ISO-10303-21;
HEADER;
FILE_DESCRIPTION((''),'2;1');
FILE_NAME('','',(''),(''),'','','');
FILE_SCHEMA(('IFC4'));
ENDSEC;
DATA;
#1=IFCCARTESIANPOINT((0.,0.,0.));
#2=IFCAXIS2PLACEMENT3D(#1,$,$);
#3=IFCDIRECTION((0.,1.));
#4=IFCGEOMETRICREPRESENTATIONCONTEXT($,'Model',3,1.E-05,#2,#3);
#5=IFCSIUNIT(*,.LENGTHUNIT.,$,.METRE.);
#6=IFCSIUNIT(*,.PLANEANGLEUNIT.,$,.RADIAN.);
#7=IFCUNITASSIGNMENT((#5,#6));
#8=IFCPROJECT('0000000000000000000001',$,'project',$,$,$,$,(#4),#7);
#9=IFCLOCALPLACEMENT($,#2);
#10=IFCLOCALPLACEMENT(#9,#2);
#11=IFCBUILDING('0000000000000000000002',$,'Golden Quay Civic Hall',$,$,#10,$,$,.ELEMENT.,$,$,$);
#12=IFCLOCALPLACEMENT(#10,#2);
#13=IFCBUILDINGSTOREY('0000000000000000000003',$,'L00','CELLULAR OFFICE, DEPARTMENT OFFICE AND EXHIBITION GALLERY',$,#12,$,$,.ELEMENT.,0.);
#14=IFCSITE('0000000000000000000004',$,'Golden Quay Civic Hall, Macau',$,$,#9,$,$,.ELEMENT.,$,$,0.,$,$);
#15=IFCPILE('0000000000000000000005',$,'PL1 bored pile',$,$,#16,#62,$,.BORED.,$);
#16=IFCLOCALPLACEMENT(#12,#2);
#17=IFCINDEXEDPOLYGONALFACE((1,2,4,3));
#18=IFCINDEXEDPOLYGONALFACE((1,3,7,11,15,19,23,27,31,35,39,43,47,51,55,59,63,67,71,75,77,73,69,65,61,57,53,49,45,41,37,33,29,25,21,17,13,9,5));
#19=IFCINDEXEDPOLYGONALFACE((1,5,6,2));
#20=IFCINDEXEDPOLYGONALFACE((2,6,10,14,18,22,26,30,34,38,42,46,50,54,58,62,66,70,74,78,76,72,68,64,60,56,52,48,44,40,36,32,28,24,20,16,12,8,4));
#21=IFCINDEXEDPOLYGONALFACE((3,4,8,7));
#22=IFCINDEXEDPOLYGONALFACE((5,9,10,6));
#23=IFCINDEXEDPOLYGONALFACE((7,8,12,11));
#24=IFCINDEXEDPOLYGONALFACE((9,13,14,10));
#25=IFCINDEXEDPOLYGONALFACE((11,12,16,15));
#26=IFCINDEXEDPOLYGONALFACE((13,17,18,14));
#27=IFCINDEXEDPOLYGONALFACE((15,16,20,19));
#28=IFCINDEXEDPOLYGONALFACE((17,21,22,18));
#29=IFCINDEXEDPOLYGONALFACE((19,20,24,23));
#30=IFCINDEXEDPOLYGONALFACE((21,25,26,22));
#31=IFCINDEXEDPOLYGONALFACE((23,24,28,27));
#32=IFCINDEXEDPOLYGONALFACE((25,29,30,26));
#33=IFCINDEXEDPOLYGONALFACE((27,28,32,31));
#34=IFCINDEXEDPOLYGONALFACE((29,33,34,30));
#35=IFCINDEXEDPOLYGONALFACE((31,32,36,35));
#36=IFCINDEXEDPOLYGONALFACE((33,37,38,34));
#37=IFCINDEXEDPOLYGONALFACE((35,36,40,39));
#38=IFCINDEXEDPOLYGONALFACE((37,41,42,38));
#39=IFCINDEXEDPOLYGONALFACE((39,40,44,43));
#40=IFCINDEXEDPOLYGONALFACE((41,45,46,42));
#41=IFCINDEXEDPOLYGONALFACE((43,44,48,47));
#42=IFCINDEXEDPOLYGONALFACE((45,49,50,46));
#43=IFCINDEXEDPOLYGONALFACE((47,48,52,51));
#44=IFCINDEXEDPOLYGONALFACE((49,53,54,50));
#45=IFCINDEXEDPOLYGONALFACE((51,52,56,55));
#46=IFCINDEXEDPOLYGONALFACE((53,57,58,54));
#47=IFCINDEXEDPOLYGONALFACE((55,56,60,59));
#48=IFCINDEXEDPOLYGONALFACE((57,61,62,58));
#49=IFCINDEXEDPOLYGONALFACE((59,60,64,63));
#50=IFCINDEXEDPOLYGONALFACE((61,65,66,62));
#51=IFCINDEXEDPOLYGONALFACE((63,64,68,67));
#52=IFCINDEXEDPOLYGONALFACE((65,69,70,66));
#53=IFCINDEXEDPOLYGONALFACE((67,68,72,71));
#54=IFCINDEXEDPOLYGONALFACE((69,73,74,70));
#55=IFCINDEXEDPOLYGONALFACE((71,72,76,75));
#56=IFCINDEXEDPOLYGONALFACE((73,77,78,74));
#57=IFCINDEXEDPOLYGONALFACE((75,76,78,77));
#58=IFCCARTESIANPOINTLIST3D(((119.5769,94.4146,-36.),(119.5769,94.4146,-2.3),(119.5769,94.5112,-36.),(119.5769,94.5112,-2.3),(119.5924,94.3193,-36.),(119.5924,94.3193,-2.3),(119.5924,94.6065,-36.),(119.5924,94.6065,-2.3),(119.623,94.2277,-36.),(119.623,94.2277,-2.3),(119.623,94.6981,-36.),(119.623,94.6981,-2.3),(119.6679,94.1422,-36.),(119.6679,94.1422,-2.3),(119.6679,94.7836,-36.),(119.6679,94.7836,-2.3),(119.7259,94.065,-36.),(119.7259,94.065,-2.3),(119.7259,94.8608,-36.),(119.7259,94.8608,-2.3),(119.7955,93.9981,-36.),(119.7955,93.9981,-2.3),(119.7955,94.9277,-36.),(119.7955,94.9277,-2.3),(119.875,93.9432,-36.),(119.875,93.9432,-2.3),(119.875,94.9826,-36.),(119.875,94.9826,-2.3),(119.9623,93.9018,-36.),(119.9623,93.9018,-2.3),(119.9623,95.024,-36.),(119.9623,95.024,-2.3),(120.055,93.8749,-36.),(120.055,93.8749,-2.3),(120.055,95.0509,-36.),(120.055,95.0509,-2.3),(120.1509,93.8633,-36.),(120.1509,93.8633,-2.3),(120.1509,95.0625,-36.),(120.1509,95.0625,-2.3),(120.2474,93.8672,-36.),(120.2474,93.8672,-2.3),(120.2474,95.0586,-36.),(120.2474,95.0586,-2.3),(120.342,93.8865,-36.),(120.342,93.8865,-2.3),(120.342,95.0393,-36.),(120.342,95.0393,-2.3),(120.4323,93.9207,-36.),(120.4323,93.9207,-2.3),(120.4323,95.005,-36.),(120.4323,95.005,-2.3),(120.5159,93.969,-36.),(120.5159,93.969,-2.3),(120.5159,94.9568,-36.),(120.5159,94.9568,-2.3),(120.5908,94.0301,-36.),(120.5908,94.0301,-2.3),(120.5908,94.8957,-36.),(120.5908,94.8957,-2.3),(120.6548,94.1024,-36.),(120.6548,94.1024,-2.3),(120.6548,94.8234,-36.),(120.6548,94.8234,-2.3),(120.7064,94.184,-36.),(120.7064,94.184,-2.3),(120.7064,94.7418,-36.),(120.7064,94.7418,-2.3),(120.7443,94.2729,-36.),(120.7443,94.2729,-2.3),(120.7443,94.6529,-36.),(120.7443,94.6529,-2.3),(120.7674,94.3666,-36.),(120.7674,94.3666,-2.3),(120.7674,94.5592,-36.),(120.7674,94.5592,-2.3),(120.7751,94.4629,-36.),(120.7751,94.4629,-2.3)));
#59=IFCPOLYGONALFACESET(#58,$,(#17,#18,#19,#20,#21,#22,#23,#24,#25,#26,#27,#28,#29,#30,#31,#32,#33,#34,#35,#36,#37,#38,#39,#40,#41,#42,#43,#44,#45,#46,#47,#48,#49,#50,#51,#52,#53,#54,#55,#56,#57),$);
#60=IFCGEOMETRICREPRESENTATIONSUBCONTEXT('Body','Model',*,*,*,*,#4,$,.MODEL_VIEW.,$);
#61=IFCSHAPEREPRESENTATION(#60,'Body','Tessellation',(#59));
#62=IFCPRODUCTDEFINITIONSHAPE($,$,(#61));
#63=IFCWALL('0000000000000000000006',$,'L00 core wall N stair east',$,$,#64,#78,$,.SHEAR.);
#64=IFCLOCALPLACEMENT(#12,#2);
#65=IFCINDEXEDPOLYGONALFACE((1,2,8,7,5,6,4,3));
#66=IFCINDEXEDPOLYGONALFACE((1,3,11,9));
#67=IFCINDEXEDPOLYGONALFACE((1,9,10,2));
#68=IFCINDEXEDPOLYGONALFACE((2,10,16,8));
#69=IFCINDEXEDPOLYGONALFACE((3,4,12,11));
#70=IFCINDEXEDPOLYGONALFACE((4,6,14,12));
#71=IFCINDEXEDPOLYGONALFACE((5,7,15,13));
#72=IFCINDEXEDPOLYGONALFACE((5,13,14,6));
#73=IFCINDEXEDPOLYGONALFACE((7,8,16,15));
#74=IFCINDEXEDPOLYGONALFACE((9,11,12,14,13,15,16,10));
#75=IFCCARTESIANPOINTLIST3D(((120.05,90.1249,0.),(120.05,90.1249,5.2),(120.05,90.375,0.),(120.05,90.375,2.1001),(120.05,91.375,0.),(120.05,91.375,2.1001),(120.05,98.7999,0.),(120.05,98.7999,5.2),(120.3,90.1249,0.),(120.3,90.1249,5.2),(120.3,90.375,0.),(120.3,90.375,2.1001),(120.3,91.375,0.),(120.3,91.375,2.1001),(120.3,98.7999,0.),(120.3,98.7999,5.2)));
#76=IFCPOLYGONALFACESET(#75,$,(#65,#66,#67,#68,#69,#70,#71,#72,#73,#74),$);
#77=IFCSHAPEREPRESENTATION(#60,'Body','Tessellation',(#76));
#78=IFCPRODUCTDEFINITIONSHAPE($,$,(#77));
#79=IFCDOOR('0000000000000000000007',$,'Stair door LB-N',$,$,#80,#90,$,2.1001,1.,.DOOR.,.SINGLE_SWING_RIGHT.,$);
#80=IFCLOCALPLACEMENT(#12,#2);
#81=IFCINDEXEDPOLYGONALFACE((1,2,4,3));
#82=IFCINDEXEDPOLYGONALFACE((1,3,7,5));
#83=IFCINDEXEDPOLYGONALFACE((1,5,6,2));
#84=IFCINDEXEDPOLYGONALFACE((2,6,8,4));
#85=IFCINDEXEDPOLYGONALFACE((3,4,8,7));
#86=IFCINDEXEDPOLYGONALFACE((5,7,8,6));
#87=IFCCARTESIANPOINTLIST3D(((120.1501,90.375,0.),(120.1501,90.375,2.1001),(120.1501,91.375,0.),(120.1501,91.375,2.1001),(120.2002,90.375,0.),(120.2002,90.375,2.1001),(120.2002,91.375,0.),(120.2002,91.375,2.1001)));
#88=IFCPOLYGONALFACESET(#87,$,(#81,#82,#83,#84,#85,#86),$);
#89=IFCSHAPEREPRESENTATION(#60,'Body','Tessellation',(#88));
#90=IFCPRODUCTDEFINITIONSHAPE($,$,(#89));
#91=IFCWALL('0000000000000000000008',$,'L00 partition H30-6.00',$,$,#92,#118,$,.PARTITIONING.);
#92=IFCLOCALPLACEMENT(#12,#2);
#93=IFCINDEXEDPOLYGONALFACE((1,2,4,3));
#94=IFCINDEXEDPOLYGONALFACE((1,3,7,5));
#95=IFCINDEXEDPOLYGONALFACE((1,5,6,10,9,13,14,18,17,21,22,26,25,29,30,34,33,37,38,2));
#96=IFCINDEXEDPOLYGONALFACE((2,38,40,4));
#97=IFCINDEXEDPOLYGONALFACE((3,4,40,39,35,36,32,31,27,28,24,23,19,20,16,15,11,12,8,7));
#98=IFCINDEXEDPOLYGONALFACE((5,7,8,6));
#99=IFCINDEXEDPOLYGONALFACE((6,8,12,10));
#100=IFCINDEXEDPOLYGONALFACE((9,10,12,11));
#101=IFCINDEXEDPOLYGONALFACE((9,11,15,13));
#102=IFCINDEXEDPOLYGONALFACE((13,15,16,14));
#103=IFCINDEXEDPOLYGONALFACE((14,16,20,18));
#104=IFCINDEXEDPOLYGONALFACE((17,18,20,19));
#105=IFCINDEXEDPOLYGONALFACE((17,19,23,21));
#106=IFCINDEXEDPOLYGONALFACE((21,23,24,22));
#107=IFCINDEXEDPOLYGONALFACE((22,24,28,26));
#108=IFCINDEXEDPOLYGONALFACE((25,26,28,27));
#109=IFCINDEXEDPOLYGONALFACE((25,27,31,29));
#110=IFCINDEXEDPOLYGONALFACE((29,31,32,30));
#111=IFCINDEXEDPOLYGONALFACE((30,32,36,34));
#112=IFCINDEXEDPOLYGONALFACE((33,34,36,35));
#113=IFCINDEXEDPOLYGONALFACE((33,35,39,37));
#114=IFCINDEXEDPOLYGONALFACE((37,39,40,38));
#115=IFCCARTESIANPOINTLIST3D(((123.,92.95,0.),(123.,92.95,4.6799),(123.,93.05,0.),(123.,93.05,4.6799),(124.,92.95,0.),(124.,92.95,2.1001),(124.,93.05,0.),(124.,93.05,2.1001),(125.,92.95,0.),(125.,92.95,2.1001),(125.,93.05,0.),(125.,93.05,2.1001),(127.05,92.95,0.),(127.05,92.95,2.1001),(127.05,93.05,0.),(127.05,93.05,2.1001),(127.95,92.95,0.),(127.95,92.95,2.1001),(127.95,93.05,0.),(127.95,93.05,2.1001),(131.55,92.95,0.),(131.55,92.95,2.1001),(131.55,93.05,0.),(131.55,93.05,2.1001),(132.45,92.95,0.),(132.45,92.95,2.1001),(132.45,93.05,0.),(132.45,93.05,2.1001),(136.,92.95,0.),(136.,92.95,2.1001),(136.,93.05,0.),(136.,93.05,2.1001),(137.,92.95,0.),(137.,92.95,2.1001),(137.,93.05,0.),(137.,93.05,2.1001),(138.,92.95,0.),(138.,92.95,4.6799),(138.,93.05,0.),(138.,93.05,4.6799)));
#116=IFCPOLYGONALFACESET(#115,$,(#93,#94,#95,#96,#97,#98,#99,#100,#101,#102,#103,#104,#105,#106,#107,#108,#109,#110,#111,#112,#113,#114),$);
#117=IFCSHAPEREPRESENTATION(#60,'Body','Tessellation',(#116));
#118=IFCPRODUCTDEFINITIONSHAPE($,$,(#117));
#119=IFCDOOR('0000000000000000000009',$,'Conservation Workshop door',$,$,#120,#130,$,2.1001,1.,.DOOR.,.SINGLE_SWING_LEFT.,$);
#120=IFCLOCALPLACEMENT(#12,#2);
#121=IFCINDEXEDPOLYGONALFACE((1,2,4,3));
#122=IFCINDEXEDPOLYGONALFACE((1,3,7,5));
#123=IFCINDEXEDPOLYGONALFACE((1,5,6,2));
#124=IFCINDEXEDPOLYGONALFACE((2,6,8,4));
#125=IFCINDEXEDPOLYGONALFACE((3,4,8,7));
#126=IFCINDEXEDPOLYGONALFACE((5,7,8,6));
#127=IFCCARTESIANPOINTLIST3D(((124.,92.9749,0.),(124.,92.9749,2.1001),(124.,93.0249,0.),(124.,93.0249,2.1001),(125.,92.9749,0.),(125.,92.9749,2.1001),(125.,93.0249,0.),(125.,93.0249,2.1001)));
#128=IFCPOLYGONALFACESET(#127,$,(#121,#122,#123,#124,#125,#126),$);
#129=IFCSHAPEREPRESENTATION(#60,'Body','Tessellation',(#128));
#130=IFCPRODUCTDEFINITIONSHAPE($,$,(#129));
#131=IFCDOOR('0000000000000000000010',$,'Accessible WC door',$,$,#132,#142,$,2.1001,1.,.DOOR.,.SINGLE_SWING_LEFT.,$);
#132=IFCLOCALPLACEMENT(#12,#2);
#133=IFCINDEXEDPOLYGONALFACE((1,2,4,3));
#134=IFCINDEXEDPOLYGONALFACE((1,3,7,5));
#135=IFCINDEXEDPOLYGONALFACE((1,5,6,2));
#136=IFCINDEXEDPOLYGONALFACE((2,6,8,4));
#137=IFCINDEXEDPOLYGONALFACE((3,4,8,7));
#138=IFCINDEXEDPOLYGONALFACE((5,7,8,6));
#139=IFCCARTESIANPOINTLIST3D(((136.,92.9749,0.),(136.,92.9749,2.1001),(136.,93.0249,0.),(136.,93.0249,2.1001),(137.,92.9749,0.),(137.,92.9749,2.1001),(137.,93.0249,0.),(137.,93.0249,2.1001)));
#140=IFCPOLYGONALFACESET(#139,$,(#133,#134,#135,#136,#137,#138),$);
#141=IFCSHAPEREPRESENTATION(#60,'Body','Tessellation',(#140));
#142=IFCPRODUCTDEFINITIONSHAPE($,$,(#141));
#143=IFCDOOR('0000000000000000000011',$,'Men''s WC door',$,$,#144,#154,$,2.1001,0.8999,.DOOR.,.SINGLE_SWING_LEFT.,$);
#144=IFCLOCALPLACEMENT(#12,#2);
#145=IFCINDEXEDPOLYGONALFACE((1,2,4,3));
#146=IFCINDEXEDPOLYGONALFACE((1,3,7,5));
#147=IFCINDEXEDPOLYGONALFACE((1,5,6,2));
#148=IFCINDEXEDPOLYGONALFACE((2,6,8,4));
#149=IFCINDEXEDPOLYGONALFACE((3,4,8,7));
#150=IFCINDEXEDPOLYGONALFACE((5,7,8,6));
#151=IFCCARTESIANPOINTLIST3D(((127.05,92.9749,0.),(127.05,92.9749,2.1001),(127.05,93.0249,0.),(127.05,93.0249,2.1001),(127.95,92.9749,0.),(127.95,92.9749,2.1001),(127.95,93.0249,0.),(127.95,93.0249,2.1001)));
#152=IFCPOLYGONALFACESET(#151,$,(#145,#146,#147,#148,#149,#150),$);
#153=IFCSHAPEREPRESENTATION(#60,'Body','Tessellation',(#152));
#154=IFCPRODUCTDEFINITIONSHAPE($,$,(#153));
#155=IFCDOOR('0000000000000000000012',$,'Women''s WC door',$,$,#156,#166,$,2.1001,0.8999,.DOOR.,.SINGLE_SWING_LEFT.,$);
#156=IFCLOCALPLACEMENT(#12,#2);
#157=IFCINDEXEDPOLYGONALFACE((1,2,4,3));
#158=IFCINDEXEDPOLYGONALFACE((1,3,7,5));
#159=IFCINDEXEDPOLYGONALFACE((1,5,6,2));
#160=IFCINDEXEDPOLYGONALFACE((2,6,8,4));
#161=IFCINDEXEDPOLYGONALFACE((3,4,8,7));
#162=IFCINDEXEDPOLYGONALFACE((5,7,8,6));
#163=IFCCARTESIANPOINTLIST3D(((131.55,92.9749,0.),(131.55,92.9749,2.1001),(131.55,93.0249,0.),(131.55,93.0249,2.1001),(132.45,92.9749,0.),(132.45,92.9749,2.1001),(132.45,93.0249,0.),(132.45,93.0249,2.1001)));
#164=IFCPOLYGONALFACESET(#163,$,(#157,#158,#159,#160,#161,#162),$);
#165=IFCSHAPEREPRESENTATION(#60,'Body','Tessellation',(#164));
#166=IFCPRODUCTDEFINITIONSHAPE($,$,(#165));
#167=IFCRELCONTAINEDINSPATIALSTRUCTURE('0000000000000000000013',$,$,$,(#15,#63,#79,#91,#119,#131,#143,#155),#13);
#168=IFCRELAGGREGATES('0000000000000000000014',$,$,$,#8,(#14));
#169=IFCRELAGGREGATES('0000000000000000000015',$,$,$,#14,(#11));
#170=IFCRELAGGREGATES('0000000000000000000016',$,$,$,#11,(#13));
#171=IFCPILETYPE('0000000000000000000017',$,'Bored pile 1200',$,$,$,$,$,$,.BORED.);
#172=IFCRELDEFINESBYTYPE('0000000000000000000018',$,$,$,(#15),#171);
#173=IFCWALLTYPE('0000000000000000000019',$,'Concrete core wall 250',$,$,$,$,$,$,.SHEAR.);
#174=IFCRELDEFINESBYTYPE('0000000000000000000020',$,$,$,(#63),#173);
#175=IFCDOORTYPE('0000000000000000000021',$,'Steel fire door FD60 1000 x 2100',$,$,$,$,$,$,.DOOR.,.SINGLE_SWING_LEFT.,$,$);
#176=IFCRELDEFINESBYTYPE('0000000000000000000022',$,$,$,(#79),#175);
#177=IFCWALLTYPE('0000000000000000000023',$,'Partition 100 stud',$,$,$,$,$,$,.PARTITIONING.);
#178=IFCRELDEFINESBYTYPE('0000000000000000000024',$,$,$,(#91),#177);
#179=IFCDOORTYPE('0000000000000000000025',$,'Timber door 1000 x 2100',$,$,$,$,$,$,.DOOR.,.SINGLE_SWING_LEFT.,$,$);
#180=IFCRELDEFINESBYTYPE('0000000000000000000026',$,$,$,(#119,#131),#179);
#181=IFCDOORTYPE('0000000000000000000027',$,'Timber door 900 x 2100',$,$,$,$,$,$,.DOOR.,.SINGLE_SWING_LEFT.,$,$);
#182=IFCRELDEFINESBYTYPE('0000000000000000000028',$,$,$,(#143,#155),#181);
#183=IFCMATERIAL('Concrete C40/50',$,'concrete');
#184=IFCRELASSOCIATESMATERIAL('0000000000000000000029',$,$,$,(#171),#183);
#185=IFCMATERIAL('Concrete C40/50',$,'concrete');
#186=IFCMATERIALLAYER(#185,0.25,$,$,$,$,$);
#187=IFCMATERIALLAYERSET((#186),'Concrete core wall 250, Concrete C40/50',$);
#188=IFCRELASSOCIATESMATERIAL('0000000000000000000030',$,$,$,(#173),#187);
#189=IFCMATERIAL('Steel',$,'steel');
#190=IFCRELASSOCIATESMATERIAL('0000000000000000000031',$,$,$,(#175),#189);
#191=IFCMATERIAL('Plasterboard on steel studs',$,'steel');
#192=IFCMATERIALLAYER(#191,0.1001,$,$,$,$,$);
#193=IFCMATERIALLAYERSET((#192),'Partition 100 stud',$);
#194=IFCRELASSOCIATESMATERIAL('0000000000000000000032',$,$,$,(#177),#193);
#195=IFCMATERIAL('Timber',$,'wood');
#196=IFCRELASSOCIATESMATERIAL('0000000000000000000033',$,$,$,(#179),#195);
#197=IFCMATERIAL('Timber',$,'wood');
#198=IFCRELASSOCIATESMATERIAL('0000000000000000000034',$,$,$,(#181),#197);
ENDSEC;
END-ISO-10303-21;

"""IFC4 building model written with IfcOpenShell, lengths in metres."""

from ifc_helpers import new_model, si_unit, direction, frame, frame_2d, origin, origin_2d, place, context, subcontext, project, spatial, rectangle, circle, extrude, material, layer, layer_set, material_profile, profile_set, type_object, element, fill, save


model = new_model("IFC4")

# Units and contexts
model_context = context("Model", 3, precision=1e-05, world=origin(), true_north=direction((0.0, 1.0)))
body_context = subcontext(model_context, "Body", "Model", "MODEL_VIEW")
ifc_project = project(units=[si_unit("LENGTHUNIT", "METRE"), si_unit("PLANEANGLEUNIT", "RADIAN")], contexts=[model_context])

# Site, building, storey
site_placement = place(None, origin())
site = spatial("IfcSite", under=ifc_project, at=site_placement, Name="Golden Quay Civic Hall, Macau", CompositionType="ELEMENT", RefElevation=0.0)
building_placement = place(site_placement, origin())
building = spatial("IfcBuilding", under=site, at=building_placement, Name="Golden Quay Civic Hall", CompositionType="ELEMENT")
storey_placement = place(building_placement, origin())
storey = spatial("IfcBuildingStorey", under=building, at=storey_placement, Name="L00", Description="CELLULAR OFFICE, DEPARTMENT OFFICE AND EXHIBITION GALLERY", CompositionType="ELEMENT", Elevation=0.0)

# Pile
ifc_material_1 = material(Name="Concrete C40/50", Category="concrete")
ifc_material_profile = material_profile(ifc_material_1, circle(Radius=0.6001, at=origin_2d()), Name="RC D1200")
ifc_profile_set = profile_set([ifc_material_profile], Name="Concrete C40/50")
pile_type = type_object("IfcPileType", Name="Bored pile 1200", PredefinedType="BORED", material=ifc_profile_set)
pile_placement = place(storey_placement, frame((120.175, 94.4629, -2.3), z_axis=(0.0, 0.0, -1.0), x_axis=(1.0, 0.0, 0.0)))
element("IfcPile", 1, at=pile_placement, inside=storey, type_object=pile_type, Name="PL1 bored pile", PredefinedType="BORED", context=body_context, shape_type="SweptSolid", body=[
    extrude(circle(Radius=0.6001, at=origin_2d()), origin(), (0.0, 0.0, 1.0), 33.7),
])

# Wall, opening, door
ifc_material_2 = material(Name="Concrete C40/50", Category="concrete")
ifc_layer_1 = layer(ifc_material_2, 0.25)
ifc_layer_set_1 = layer_set([ifc_layer_1], Name="Concrete core wall 250, Concrete C40/50")
wall_type_1 = type_object("IfcWallType", Name="Concrete core wall 250", PredefinedType="SHEAR", material=ifc_layer_set_1)
wall_1_placement = place(storey_placement, frame((120.175, 90.125, 0.0), z_axis=(0.0, 0.0, 1.0), x_axis=(0.0, 1.0, 0.0)))
wall_1 = element("IfcWall", 2, at=wall_1_placement, inside=storey, type_object=wall_type_1, Name="L00 core wall N stair east", PredefinedType="SHEAR", context=body_context, shape_type="SweptSolid", body=[
    extrude(rectangle(XDim=8.675, YDim=0.25, at=frame_2d((4.3374, 0.0))), origin(), (0.0, 0.0, 1.0), 5.2),
])
opening_1_placement = place(wall_1_placement, frame((0.25, 0.0, 0.0)))
opening_1 = element("IfcOpeningElement", 3, at=opening_1_placement, cuts=wall_1, PredefinedType="OPENING", context=body_context, shape_type="SweptSolid", body=[
    extrude(rectangle(XDim=1.0, YDim=2.1001, at=frame_2d((0.5, 1.05))), frame((0.0, 0.135, 0.0), z_axis=(0.0, -1.0, 0.0), x_axis=(1.0, 0.0, 0.0)), (0.0, 0.0, 1.0), 0.27),
])
ifc_material_3 = material(Name="Steel", Category="steel")
door_type_1 = type_object("IfcDoorType", Name="Steel fire door FD60 1000 x 2100", OperationType="SINGLE_SWING_LEFT", PredefinedType="DOOR", material=ifc_material_3)
door_1_placement = place(opening_1_placement, frame((1.0, 0.0, 0.0), z_axis=(0.0, 0.0, 1.0), x_axis=(-1.0, 0.0, 0.0)))
door_1 = element("IfcDoor", 4, at=door_1_placement, inside=storey, type_object=door_type_1, Name="Stair door LB-N", OperationType="SINGLE_SWING_RIGHT", OverallHeight=2.1001, OverallWidth=1.0, PredefinedType="DOOR", context=body_context, shape_type="SweptSolid", body=[
    extrude(rectangle(XDim=1.0, YDim=2.1001, at=frame_2d((0.5, 1.05))), frame((0.0, 0.0251, 0.0), z_axis=(0.0, -1.0, 0.0), x_axis=(1.0, 0.0, 0.0)), (0.0, 0.0, 1.0), 0.05),
])
fill(opening_1, door_1)

# Wall, openings, doors
ifc_material_4 = material(Name="Plasterboard on steel studs", Category="steel")
ifc_layer_2 = layer(ifc_material_4, 0.1001)
ifc_layer_set_2 = layer_set([ifc_layer_2], Name="Partition 100 stud")
wall_type_2 = type_object("IfcWallType", Name="Partition 100 stud", PredefinedType="PARTITIONING", material=ifc_layer_set_2)
wall_2_placement = place(storey_placement, frame((123.0, 93.0, 0.0), z_axis=(0.0, 0.0, 1.0), x_axis=(1.0, 0.0, 0.0)))
wall_2 = element("IfcWall", 5, at=wall_2_placement, inside=storey, type_object=wall_type_2, Name="L00 partition H30-6.00", PredefinedType="PARTITIONING", context=body_context, shape_type="SweptSolid", body=[
    extrude(rectangle(XDim=15.0, YDim=0.1001, at=frame_2d((7.5, 0.0))), origin(), (0.0, 0.0, 1.0), 4.6799),
])
opening_2_placement = place(wall_2_placement, frame((1.0, 0.0, 0.0)))
opening_2 = element("IfcOpeningElement", 6, at=opening_2_placement, cuts=wall_2, PredefinedType="OPENING", context=body_context, shape_type="SweptSolid", body=[
    extrude(rectangle(XDim=1.0, YDim=2.1001, at=frame_2d((0.5, 1.05))), frame((0.0, 0.0601, 0.0), z_axis=(0.0, -1.0, 0.0), x_axis=(1.0, 0.0, 0.0)), (0.0, 0.0, 1.0), 0.1201),
])
opening_3_placement = place(wall_2_placement, frame((4.05, 0.0, 0.0)))
opening_3 = element("IfcOpeningElement", 7, at=opening_3_placement, cuts=wall_2, PredefinedType="OPENING", context=body_context, shape_type="SweptSolid", body=[
    extrude(rectangle(XDim=0.8999, YDim=2.1001, at=frame_2d((0.45, 1.05))), frame((0.0, 0.0601, 0.0), z_axis=(0.0, -1.0, 0.0), x_axis=(1.0, 0.0, 0.0)), (0.0, 0.0, 1.0), 0.1201),
])
opening_4_placement = place(wall_2_placement, frame((8.55, 0.0, 0.0)))
opening_4 = element("IfcOpeningElement", 8, at=opening_4_placement, cuts=wall_2, PredefinedType="OPENING", context=body_context, shape_type="SweptSolid", body=[
    extrude(rectangle(XDim=0.8999, YDim=2.1001, at=frame_2d((0.45, 1.05))), frame((0.0, 0.0601, 0.0), z_axis=(0.0, -1.0, 0.0), x_axis=(1.0, 0.0, 0.0)), (0.0, 0.0, 1.0), 0.1201),
])
opening_5_placement = place(wall_2_placement, frame((13.0, 0.0, 0.0)))
opening_5 = element("IfcOpeningElement", 9, at=opening_5_placement, cuts=wall_2, PredefinedType="OPENING", context=body_context, shape_type="SweptSolid", body=[
    extrude(rectangle(XDim=1.0, YDim=2.1001, at=frame_2d((0.5, 1.05))), frame((0.0, 0.0601, 0.0), z_axis=(0.0, -1.0, 0.0), x_axis=(1.0, 0.0, 0.0)), (0.0, 0.0, 1.0), 0.1201),
])
ifc_material_5 = material(Name="Timber", Category="wood")
door_type_2 = type_object("IfcDoorType", Name="Timber door 1000 x 2100", OperationType="SINGLE_SWING_LEFT", PredefinedType="DOOR", material=ifc_material_5)
door_2_placement = place(opening_2_placement, origin())
door_2 = element("IfcDoor", 10, at=door_2_placement, inside=storey, type_object=door_type_2, Name="Conservation Workshop door", OperationType="SINGLE_SWING_LEFT", OverallHeight=2.1001, OverallWidth=1.0, PredefinedType="DOOR", context=body_context, shape_type="SweptSolid", body=[
    extrude(rectangle(XDim=1.0, YDim=2.1001, at=frame_2d((0.5, 1.05))), frame((0.0, 0.0249, 0.0), z_axis=(0.0, -1.0, 0.0), x_axis=(1.0, 0.0, 0.0)), (0.0, 0.0, 1.0), 0.05),
])
fill(opening_2, door_2)
door_3_placement = place(opening_5_placement, origin())
door_3 = element("IfcDoor", 11, at=door_3_placement, inside=storey, type_object=door_type_2, Name="Accessible WC door", OperationType="SINGLE_SWING_LEFT", OverallHeight=2.1001, OverallWidth=1.0, PredefinedType="DOOR", context=body_context, shape_type="SweptSolid", body=[
    extrude(rectangle(XDim=1.0, YDim=2.1001, at=frame_2d((0.5, 1.05))), frame((0.0, 0.0249, 0.0), z_axis=(0.0, -1.0, 0.0), x_axis=(1.0, 0.0, 0.0)), (0.0, 0.0, 1.0), 0.05),
])
fill(opening_5, door_3)
ifc_material_6 = material(Name="Timber", Category="wood")
door_type_3 = type_object("IfcDoorType", Name="Timber door 900 x 2100", OperationType="SINGLE_SWING_LEFT", PredefinedType="DOOR", material=ifc_material_6)
door_4_placement = place(opening_3_placement, origin())
door_4 = element("IfcDoor", 12, at=door_4_placement, inside=storey, type_object=door_type_3, Name="Men's WC door", OperationType="SINGLE_SWING_LEFT", OverallHeight=2.1001, OverallWidth=0.8999, PredefinedType="DOOR", context=body_context, shape_type="SweptSolid", body=[
    extrude(rectangle(XDim=0.8999, YDim=2.1001, at=frame_2d((0.45, 1.05))), frame((0.0, 0.0249, 0.0), z_axis=(0.0, -1.0, 0.0), x_axis=(1.0, 0.0, 0.0)), (0.0, 0.0, 1.0), 0.05),
])
fill(opening_3, door_4)
door_5_placement = place(opening_4_placement, origin())
door_5 = element("IfcDoor", 13, at=door_5_placement, inside=storey, type_object=door_type_3, Name="Women's WC door", OperationType="SINGLE_SWING_LEFT", OverallHeight=2.1001, OverallWidth=0.8999, PredefinedType="DOOR", context=body_context, shape_type="SweptSolid", body=[
    extrude(rectangle(XDim=0.8999, YDim=2.1001, at=frame_2d((0.45, 1.05))), frame((0.0, 0.0249, 0.0), z_axis=(0.0, -1.0, 0.0), x_axis=(1.0, 0.0, 0.0)), (0.0, 0.0, 1.0), 0.05),
])
fill(opening_4, door_5)

save(model, "model.ifc")
